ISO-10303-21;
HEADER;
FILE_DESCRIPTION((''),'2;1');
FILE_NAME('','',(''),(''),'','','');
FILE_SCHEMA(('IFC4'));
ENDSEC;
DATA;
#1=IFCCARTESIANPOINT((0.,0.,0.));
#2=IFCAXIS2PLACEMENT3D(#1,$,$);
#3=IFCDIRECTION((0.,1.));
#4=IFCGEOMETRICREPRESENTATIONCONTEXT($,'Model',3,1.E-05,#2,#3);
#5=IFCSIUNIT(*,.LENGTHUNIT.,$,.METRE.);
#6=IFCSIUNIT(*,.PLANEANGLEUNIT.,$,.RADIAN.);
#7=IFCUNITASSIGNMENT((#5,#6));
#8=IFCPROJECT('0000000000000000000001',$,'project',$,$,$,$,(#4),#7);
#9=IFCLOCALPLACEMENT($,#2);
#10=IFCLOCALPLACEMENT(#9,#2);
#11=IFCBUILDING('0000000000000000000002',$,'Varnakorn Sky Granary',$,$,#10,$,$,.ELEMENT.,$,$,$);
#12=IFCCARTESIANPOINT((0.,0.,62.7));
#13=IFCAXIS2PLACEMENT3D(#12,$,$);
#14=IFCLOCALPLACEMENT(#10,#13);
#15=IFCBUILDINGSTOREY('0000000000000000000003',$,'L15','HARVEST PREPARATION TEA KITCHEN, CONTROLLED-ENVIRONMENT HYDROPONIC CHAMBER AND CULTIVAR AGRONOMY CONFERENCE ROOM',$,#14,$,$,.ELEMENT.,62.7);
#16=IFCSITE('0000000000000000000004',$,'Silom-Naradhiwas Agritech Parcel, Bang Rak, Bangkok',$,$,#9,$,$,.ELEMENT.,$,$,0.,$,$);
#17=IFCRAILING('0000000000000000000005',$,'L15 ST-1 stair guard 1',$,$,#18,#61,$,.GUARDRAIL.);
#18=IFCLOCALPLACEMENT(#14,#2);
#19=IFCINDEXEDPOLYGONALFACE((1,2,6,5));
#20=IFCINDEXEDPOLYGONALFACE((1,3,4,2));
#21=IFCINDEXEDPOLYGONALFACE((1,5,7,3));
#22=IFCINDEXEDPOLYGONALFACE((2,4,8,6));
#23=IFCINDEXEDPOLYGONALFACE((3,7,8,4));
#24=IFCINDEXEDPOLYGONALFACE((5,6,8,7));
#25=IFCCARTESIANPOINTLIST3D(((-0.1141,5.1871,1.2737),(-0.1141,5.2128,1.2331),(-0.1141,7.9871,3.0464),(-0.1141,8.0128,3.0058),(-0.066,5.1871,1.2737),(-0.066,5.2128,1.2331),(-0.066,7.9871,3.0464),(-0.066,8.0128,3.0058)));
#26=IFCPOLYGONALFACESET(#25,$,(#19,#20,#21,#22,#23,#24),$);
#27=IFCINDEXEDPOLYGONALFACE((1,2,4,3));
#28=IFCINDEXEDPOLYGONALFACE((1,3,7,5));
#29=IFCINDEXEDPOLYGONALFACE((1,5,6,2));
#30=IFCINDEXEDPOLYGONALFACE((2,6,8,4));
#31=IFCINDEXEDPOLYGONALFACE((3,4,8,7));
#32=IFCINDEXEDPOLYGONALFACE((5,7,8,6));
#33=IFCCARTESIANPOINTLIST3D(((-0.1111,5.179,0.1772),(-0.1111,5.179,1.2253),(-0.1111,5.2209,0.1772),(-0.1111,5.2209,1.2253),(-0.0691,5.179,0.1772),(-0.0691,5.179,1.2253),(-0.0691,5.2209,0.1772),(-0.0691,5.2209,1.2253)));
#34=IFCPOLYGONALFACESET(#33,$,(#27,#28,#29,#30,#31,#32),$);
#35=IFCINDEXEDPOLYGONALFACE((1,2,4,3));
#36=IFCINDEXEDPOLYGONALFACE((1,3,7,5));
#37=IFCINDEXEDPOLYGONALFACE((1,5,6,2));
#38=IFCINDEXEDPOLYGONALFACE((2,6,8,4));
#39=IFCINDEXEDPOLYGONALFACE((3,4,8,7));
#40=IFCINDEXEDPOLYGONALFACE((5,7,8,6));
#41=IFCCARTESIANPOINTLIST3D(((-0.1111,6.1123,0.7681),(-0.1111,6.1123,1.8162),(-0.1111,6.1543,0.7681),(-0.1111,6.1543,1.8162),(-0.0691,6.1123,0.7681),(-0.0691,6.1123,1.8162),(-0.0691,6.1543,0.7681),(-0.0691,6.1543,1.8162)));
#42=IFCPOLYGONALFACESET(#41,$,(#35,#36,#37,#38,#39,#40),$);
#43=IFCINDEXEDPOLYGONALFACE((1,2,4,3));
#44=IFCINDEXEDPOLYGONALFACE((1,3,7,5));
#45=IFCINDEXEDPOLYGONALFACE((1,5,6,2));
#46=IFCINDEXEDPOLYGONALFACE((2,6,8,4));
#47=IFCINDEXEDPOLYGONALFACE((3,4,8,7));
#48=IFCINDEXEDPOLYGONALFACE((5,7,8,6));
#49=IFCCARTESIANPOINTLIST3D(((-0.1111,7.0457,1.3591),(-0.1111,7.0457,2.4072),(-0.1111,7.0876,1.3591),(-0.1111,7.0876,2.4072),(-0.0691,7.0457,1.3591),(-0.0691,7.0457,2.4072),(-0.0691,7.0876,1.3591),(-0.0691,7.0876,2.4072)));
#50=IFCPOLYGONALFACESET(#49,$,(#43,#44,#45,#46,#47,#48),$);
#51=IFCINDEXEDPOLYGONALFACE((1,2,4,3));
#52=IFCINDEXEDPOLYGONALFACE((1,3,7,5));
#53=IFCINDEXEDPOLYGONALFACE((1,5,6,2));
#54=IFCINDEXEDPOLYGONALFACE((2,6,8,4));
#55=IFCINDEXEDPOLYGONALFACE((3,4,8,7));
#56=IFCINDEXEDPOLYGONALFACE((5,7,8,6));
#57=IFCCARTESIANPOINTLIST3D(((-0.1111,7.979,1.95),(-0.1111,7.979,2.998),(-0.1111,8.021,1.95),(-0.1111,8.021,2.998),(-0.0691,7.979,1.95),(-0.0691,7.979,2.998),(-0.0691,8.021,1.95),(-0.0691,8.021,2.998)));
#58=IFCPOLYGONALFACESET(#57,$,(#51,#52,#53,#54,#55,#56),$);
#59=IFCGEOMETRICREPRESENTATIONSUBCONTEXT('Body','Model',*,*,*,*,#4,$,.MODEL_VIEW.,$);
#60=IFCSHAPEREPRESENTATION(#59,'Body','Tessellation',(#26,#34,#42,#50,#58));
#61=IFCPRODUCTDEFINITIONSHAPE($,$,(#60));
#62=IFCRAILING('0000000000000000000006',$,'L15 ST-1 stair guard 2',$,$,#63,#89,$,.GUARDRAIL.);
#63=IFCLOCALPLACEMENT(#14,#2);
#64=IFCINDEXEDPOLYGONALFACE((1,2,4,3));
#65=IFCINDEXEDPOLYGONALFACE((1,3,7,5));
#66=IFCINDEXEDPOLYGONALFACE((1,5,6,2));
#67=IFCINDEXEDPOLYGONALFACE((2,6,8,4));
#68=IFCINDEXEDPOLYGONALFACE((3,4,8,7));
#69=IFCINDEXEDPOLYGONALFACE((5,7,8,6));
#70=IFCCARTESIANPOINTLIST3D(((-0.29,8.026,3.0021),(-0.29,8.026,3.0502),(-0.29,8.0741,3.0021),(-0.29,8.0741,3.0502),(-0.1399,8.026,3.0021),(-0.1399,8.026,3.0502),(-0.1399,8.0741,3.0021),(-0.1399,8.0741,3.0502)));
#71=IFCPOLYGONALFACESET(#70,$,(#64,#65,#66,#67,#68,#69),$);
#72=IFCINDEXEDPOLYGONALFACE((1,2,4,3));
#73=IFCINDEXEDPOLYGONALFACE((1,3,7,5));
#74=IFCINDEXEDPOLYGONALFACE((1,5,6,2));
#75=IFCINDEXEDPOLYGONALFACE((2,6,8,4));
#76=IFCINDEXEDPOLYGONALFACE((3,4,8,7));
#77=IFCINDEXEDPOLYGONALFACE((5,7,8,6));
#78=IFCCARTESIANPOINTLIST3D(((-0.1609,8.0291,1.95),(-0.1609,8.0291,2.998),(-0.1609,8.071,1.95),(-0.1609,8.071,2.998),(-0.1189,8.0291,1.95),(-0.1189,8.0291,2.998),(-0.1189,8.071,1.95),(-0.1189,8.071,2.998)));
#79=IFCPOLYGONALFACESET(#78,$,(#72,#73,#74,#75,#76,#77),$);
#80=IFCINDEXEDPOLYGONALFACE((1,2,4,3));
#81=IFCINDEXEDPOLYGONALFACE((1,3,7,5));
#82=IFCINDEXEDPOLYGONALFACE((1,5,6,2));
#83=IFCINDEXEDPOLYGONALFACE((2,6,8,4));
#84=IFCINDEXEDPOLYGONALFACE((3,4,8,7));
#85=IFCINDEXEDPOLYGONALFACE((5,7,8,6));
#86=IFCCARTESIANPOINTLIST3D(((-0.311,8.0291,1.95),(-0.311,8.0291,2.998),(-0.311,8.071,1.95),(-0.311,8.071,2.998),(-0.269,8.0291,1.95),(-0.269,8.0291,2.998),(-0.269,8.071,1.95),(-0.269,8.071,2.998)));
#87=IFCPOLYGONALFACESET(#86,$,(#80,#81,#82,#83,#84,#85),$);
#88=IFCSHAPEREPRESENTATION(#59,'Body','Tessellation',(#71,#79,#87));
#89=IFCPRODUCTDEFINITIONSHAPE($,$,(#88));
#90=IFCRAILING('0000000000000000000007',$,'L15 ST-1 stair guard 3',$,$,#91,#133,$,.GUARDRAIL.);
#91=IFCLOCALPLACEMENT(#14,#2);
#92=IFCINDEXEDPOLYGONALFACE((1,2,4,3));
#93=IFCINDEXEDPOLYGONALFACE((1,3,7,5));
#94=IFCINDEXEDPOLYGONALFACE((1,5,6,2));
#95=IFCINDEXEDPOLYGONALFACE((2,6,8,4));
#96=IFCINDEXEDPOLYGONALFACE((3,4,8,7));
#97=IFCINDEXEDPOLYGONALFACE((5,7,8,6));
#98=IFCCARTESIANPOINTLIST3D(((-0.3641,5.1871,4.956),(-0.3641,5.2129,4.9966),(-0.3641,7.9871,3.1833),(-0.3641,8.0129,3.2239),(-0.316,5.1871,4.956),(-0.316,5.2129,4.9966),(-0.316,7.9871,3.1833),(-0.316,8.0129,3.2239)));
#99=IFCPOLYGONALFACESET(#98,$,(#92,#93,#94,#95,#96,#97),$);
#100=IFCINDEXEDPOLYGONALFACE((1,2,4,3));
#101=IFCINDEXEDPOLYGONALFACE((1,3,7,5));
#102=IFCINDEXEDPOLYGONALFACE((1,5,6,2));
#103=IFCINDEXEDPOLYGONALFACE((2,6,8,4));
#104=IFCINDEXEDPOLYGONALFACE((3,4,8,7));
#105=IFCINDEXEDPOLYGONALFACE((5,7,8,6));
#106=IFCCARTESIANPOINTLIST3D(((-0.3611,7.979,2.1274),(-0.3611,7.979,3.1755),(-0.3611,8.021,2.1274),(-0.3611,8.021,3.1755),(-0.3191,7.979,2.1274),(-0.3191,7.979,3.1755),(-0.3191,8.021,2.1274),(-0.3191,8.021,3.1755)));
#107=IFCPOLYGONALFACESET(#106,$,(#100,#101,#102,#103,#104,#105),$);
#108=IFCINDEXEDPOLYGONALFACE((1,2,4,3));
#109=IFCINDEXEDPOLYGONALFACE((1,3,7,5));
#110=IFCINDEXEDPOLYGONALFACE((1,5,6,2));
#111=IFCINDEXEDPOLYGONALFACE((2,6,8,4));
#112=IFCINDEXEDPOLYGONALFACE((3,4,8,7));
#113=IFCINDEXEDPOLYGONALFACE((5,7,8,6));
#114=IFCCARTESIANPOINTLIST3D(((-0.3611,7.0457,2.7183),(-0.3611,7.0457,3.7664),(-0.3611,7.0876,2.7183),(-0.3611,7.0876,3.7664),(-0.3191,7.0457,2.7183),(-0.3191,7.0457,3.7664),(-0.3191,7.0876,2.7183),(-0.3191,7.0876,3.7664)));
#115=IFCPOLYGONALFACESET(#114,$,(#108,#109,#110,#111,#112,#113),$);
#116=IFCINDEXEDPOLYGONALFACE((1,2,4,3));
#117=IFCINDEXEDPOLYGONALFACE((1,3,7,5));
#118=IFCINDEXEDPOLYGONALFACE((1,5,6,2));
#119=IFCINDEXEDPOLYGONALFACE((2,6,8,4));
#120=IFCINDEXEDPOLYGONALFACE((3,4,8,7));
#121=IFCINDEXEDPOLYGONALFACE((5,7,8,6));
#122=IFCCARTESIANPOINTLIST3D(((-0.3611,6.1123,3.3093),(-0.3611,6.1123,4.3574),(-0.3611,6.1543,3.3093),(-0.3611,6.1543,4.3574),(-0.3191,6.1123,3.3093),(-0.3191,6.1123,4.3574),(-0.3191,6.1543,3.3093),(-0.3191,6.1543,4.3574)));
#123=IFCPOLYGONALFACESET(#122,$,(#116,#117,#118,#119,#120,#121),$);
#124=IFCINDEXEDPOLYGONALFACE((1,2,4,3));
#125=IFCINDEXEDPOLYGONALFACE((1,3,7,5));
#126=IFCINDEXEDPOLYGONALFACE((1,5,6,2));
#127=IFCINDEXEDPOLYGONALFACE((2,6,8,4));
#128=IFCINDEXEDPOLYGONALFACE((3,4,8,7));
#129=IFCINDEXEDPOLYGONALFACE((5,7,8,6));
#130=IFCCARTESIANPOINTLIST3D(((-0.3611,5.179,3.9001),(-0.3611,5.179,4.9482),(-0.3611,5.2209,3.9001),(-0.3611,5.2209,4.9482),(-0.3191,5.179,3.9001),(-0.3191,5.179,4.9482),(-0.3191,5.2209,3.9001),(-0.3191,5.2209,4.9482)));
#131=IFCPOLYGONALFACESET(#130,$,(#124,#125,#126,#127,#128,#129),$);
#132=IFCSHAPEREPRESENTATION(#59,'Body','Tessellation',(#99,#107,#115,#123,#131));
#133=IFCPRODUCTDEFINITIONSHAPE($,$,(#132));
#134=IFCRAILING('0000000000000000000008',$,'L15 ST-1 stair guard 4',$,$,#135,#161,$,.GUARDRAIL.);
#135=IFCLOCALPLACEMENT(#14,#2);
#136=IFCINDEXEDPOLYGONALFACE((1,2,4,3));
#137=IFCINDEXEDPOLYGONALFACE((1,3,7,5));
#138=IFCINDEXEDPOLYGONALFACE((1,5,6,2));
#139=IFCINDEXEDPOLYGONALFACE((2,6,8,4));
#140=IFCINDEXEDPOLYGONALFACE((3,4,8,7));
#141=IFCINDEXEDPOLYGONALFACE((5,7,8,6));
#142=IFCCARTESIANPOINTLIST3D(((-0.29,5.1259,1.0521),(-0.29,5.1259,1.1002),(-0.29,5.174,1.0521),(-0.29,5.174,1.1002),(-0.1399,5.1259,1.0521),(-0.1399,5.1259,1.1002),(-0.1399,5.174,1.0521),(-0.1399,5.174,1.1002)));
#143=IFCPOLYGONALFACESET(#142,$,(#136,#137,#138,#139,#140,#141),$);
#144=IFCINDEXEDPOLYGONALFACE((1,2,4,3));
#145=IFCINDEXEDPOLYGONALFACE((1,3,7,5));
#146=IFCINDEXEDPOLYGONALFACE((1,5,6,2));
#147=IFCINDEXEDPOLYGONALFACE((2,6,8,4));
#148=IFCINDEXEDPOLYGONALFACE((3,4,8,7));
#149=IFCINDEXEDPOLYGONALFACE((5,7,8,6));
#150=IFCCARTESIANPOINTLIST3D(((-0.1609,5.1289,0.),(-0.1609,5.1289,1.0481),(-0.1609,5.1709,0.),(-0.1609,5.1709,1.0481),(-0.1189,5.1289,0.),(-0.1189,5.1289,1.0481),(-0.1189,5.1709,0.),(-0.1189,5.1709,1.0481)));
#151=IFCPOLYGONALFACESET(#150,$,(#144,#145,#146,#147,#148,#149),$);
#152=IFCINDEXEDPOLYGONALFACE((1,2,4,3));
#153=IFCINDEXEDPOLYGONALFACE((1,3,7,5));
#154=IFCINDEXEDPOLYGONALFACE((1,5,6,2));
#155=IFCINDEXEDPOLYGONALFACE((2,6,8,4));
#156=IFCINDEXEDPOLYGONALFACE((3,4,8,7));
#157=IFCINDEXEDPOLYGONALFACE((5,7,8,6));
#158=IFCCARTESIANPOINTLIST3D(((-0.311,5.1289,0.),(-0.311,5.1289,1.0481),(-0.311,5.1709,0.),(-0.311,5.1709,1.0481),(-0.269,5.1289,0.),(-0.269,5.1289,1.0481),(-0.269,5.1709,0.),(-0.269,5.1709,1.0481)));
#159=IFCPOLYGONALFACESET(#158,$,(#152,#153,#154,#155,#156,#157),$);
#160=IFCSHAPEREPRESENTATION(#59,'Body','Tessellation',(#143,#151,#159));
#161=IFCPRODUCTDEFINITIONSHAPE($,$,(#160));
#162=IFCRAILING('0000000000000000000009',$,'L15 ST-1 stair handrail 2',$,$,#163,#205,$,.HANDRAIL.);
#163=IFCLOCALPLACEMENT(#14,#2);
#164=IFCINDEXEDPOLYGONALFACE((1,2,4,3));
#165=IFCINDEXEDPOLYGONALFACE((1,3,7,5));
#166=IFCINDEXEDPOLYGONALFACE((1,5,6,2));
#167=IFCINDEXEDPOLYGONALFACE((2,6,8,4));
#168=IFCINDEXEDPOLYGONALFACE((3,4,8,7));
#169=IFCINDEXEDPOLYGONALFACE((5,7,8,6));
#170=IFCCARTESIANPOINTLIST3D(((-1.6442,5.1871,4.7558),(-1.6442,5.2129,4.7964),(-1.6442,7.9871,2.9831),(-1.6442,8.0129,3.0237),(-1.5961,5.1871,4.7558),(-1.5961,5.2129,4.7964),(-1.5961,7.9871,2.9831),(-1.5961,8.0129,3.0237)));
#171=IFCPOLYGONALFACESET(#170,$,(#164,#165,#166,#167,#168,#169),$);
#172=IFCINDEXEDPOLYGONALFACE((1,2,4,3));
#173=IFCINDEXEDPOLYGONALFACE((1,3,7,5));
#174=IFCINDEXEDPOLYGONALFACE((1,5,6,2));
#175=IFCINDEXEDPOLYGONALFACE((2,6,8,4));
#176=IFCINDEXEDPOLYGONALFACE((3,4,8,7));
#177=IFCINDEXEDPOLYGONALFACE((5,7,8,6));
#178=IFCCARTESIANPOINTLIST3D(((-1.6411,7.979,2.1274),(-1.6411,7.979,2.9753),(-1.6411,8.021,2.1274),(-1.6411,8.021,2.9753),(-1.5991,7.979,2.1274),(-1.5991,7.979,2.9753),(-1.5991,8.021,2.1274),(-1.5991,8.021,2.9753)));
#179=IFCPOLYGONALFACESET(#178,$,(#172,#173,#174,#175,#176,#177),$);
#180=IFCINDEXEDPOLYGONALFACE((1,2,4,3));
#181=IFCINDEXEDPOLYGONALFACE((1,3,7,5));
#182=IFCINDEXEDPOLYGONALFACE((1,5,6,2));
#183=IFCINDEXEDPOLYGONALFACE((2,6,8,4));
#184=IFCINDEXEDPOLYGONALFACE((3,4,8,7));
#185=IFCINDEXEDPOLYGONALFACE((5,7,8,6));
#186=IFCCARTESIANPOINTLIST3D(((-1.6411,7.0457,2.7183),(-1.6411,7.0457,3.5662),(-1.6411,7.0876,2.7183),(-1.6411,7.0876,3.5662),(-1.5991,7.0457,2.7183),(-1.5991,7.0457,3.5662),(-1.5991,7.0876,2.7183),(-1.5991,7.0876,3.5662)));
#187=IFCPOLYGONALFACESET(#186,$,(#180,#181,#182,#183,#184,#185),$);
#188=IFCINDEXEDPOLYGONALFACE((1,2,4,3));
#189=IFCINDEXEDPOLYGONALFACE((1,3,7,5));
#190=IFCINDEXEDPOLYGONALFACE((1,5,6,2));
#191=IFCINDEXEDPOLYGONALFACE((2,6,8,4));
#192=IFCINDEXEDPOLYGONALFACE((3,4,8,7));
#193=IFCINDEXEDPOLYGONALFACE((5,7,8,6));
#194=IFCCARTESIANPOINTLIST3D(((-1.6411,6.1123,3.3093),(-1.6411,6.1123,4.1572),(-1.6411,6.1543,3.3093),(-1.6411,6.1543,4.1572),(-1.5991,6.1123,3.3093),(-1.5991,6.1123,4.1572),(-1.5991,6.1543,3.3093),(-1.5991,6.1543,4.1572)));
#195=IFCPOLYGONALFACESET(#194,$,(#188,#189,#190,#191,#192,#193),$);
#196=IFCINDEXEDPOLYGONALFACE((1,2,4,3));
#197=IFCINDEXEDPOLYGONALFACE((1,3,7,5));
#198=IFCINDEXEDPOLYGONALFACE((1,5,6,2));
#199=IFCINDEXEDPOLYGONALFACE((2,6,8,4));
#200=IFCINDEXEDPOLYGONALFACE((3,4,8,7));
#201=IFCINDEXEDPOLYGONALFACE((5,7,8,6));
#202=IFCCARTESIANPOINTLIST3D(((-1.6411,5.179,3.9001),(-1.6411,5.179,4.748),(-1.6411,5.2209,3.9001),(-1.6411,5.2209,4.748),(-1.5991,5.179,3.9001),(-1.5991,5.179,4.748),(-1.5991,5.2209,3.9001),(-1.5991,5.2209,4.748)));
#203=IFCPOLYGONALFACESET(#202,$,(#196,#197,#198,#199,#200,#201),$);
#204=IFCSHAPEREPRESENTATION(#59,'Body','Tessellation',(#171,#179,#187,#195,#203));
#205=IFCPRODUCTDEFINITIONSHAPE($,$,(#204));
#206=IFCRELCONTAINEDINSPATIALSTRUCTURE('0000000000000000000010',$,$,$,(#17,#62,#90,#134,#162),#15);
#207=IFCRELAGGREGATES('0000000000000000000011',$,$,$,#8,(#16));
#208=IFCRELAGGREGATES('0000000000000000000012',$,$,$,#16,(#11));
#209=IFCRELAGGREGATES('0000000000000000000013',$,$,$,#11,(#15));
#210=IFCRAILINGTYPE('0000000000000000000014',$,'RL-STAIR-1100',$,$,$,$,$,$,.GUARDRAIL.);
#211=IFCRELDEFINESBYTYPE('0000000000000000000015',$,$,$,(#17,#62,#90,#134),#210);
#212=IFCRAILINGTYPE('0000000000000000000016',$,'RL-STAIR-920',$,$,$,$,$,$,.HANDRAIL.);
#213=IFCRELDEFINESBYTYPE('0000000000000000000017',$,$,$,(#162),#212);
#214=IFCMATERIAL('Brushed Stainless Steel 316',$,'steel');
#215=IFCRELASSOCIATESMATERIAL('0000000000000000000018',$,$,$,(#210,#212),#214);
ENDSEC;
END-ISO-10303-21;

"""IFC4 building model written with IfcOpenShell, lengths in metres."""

from ifc_helpers import new_model, si_unit, direction, frame, origin, origin_2d, place, context, subcontext, project, spatial, rectangle, extrude, material, type_object, element, save


model = new_model("IFC4")

# Units and contexts
model_context = context("Model", 3, precision=1e-05, world=origin(), true_north=direction((0.0, 1.0)))
body_context = subcontext(model_context, "Body", "Model", "MODEL_VIEW")
ifc_project = project(units=[si_unit("LENGTHUNIT", "METRE"), si_unit("PLANEANGLEUNIT", "RADIAN")], contexts=[model_context])

# Site, building, storey
site_placement = place(None, origin())
site = spatial("IfcSite", under=ifc_project, at=site_placement, Name="Silom-Naradhiwas Agritech Parcel, Bang Rak, Bangkok", CompositionType="ELEMENT", RefElevation=0.0)
building_placement = place(site_placement, origin())
building = spatial("IfcBuilding", under=site, at=building_placement, Name="Varnakorn Sky Granary", CompositionType="ELEMENT")
storey_placement = place(building_placement, frame((0.0, 0.0, 62.7)))
storey = spatial("IfcBuildingStorey", under=building, at=storey_placement, Name="L15", Description="HARVEST PREPARATION TEA KITCHEN, CONTROLLED-ENVIRONMENT HYDROPONIC CHAMBER AND CULTIVAR AGRONOMY CONFERENCE ROOM", CompositionType="ELEMENT", Elevation=62.7)

# Railings
ifc_material_1 = material(Name="Brushed Stainless Steel 316", Category="steel")
railing_type_1 = type_object("IfcRailingType", Name="RL-STAIR-1100", PredefinedType="GUARDRAIL", material=ifc_material_1)
railing_1_placement = place(storey_placement, frame((-0.0901, 5.2, 0.1772)))
element("IfcRailing", 1, at=railing_1_placement, inside=storey, type_object=railing_type_1, Name="L15 ST-1 stair guard 1", PredefinedType="GUARDRAIL", context=body_context, shape_type="SweptSolid", body=[
    extrude(rectangle(XDim=0.0481, YDim=0.0481, at=origin_2d()), frame((0.0, 0.0, 1.0762), z_axis=(0.0, 0.844909, 0.53491), x_axis=(-1.0, 0.0, 0.0)), (0.0, 0.0, 1.0), 3.314),
    extrude(rectangle(XDim=0.042, YDim=0.042, at=origin_2d()), origin(), (0.0, 0.0, 1.0), 1.0481),
    extrude(rectangle(XDim=0.042, YDim=0.042, at=origin_2d()), frame((0.0, 0.9333, 0.5908)), (0.0, 0.0, 1.0), 1.0481),
    extrude(rectangle(XDim=0.042, YDim=0.042, at=origin_2d()), frame((0.0, 1.8667, 1.1819)), (0.0, 0.0, 1.0), 1.0481),
    extrude(rectangle(XDim=0.042, YDim=0.042, at=origin_2d()), frame((0.0, 2.8, 1.7727)), (0.0, 0.0, 1.0), 1.0481),
])
railing_2_placement = place(storey_placement, frame((-0.1399, 8.05, 1.95)))
element("IfcRailing", 2, at=railing_2_placement, inside=storey, type_object=railing_type_1, Name="L15 ST-1 stair guard 2", PredefinedType="GUARDRAIL", context=body_context, shape_type="SweptSolid", body=[
    extrude(rectangle(XDim=0.0481, YDim=0.0481, at=origin_2d()), frame((0.0, 0.0, 1.0762), z_axis=(-1.0, 0.0, 0.0), x_axis=(0.0, -1.0, 0.0)), (0.0, 0.0, 1.0), 0.1501),
    extrude(rectangle(XDim=0.042, YDim=0.042, at=origin_2d()), origin(), (0.0, 0.0, 1.0), 1.0481),
    extrude(rectangle(XDim=0.042, YDim=0.042, at=origin_2d()), frame((-0.1501, 0.0, 0.0)), (0.0, 0.0, 1.0), 1.0481),
])
railing_3_placement = place(storey_placement, frame((-0.3401, 8.0, 2.1274)))
element("IfcRailing", 3, at=railing_3_placement, inside=storey, type_object=railing_type_1, Name="L15 ST-1 stair guard 3", PredefinedType="GUARDRAIL", context=body_context, shape_type="SweptSolid", body=[
    extrude(rectangle(XDim=0.0481, YDim=0.0481, at=origin_2d()), frame((0.0, 0.0, 1.0762), z_axis=(0.0, -0.844909, 0.53491), x_axis=(1.0, 0.0, 0.0)), (0.0, 0.0, 1.0), 3.314),
    extrude(rectangle(XDim=0.042, YDim=0.042, at=origin_2d()), origin(), (0.0, 0.0, 1.0), 1.0481),
    extrude(rectangle(XDim=0.042, YDim=0.042, at=origin_2d()), frame((0.0, -0.9333, 0.5908)), (0.0, 0.0, 1.0), 1.0481),
    extrude(rectangle(XDim=0.042, YDim=0.042, at=origin_2d()), frame((0.0, -1.8667, 1.1819)), (0.0, 0.0, 1.0), 1.0481),
    extrude(rectangle(XDim=0.042, YDim=0.042, at=origin_2d()), frame((0.0, -2.8, 1.7727)), (0.0, 0.0, 1.0), 1.0481),
])
railing_4_placement = place(storey_placement, frame((-0.1399, 5.1499, 0.0)))
element("IfcRailing", 4, at=railing_4_placement, inside=storey, type_object=railing_type_1, Name="L15 ST-1 stair guard 4", PredefinedType="GUARDRAIL", context=body_context, shape_type="SweptSolid", body=[
    extrude(rectangle(XDim=0.0481, YDim=0.0481, at=origin_2d()), frame((0.0, 0.0, 1.0762), z_axis=(-1.0, 0.0, 0.0), x_axis=(0.0, -1.0, 0.0)), (0.0, 0.0, 1.0), 0.1501),
    extrude(rectangle(XDim=0.042, YDim=0.042, at=origin_2d()), origin(), (0.0, 0.0, 1.0), 1.0481),
    extrude(rectangle(XDim=0.042, YDim=0.042, at=origin_2d()), frame((-0.1501, 0.0, 0.0)), (0.0, 0.0, 1.0), 1.0481),
])
railing_type_2 = type_object("IfcRailingType", Name="RL-STAIR-920", PredefinedType="HANDRAIL", material=ifc_material_1)
railing_5_placement = place(storey_placement, frame((-1.6201, 8.0, 2.1274)))
element("IfcRailing", 5, at=railing_5_placement, inside=storey, type_object=railing_type_2, Name="L15 ST-1 stair handrail 2", PredefinedType="HANDRAIL", context=body_context, shape_type="SweptSolid", body=[
    extrude(rectangle(XDim=0.0481, YDim=0.0481, at=origin_2d()), frame((0.0, 0.0, 0.876), z_axis=(0.0, -0.844909, 0.53491), x_axis=(1.0, 0.0, 0.0)), (0.0, 0.0, 1.0), 3.314),
    extrude(rectangle(XDim=0.042, YDim=0.042, at=origin_2d()), origin(), (0.0, 0.0, 1.0), 0.8479),
    extrude(rectangle(XDim=0.042, YDim=0.042, at=origin_2d()), frame((0.0, -0.9333, 0.5908)), (0.0, 0.0, 1.0), 0.8479),
    extrude(rectangle(XDim=0.042, YDim=0.042, at=origin_2d()), frame((0.0, -1.8667, 1.1819)), (0.0, 0.0, 1.0), 0.8479),
    extrude(rectangle(XDim=0.042, YDim=0.042, at=origin_2d()), frame((0.0, -2.8, 1.7727)), (0.0, 0.0, 1.0), 0.8479),
])

save(model, "model.ifc")
